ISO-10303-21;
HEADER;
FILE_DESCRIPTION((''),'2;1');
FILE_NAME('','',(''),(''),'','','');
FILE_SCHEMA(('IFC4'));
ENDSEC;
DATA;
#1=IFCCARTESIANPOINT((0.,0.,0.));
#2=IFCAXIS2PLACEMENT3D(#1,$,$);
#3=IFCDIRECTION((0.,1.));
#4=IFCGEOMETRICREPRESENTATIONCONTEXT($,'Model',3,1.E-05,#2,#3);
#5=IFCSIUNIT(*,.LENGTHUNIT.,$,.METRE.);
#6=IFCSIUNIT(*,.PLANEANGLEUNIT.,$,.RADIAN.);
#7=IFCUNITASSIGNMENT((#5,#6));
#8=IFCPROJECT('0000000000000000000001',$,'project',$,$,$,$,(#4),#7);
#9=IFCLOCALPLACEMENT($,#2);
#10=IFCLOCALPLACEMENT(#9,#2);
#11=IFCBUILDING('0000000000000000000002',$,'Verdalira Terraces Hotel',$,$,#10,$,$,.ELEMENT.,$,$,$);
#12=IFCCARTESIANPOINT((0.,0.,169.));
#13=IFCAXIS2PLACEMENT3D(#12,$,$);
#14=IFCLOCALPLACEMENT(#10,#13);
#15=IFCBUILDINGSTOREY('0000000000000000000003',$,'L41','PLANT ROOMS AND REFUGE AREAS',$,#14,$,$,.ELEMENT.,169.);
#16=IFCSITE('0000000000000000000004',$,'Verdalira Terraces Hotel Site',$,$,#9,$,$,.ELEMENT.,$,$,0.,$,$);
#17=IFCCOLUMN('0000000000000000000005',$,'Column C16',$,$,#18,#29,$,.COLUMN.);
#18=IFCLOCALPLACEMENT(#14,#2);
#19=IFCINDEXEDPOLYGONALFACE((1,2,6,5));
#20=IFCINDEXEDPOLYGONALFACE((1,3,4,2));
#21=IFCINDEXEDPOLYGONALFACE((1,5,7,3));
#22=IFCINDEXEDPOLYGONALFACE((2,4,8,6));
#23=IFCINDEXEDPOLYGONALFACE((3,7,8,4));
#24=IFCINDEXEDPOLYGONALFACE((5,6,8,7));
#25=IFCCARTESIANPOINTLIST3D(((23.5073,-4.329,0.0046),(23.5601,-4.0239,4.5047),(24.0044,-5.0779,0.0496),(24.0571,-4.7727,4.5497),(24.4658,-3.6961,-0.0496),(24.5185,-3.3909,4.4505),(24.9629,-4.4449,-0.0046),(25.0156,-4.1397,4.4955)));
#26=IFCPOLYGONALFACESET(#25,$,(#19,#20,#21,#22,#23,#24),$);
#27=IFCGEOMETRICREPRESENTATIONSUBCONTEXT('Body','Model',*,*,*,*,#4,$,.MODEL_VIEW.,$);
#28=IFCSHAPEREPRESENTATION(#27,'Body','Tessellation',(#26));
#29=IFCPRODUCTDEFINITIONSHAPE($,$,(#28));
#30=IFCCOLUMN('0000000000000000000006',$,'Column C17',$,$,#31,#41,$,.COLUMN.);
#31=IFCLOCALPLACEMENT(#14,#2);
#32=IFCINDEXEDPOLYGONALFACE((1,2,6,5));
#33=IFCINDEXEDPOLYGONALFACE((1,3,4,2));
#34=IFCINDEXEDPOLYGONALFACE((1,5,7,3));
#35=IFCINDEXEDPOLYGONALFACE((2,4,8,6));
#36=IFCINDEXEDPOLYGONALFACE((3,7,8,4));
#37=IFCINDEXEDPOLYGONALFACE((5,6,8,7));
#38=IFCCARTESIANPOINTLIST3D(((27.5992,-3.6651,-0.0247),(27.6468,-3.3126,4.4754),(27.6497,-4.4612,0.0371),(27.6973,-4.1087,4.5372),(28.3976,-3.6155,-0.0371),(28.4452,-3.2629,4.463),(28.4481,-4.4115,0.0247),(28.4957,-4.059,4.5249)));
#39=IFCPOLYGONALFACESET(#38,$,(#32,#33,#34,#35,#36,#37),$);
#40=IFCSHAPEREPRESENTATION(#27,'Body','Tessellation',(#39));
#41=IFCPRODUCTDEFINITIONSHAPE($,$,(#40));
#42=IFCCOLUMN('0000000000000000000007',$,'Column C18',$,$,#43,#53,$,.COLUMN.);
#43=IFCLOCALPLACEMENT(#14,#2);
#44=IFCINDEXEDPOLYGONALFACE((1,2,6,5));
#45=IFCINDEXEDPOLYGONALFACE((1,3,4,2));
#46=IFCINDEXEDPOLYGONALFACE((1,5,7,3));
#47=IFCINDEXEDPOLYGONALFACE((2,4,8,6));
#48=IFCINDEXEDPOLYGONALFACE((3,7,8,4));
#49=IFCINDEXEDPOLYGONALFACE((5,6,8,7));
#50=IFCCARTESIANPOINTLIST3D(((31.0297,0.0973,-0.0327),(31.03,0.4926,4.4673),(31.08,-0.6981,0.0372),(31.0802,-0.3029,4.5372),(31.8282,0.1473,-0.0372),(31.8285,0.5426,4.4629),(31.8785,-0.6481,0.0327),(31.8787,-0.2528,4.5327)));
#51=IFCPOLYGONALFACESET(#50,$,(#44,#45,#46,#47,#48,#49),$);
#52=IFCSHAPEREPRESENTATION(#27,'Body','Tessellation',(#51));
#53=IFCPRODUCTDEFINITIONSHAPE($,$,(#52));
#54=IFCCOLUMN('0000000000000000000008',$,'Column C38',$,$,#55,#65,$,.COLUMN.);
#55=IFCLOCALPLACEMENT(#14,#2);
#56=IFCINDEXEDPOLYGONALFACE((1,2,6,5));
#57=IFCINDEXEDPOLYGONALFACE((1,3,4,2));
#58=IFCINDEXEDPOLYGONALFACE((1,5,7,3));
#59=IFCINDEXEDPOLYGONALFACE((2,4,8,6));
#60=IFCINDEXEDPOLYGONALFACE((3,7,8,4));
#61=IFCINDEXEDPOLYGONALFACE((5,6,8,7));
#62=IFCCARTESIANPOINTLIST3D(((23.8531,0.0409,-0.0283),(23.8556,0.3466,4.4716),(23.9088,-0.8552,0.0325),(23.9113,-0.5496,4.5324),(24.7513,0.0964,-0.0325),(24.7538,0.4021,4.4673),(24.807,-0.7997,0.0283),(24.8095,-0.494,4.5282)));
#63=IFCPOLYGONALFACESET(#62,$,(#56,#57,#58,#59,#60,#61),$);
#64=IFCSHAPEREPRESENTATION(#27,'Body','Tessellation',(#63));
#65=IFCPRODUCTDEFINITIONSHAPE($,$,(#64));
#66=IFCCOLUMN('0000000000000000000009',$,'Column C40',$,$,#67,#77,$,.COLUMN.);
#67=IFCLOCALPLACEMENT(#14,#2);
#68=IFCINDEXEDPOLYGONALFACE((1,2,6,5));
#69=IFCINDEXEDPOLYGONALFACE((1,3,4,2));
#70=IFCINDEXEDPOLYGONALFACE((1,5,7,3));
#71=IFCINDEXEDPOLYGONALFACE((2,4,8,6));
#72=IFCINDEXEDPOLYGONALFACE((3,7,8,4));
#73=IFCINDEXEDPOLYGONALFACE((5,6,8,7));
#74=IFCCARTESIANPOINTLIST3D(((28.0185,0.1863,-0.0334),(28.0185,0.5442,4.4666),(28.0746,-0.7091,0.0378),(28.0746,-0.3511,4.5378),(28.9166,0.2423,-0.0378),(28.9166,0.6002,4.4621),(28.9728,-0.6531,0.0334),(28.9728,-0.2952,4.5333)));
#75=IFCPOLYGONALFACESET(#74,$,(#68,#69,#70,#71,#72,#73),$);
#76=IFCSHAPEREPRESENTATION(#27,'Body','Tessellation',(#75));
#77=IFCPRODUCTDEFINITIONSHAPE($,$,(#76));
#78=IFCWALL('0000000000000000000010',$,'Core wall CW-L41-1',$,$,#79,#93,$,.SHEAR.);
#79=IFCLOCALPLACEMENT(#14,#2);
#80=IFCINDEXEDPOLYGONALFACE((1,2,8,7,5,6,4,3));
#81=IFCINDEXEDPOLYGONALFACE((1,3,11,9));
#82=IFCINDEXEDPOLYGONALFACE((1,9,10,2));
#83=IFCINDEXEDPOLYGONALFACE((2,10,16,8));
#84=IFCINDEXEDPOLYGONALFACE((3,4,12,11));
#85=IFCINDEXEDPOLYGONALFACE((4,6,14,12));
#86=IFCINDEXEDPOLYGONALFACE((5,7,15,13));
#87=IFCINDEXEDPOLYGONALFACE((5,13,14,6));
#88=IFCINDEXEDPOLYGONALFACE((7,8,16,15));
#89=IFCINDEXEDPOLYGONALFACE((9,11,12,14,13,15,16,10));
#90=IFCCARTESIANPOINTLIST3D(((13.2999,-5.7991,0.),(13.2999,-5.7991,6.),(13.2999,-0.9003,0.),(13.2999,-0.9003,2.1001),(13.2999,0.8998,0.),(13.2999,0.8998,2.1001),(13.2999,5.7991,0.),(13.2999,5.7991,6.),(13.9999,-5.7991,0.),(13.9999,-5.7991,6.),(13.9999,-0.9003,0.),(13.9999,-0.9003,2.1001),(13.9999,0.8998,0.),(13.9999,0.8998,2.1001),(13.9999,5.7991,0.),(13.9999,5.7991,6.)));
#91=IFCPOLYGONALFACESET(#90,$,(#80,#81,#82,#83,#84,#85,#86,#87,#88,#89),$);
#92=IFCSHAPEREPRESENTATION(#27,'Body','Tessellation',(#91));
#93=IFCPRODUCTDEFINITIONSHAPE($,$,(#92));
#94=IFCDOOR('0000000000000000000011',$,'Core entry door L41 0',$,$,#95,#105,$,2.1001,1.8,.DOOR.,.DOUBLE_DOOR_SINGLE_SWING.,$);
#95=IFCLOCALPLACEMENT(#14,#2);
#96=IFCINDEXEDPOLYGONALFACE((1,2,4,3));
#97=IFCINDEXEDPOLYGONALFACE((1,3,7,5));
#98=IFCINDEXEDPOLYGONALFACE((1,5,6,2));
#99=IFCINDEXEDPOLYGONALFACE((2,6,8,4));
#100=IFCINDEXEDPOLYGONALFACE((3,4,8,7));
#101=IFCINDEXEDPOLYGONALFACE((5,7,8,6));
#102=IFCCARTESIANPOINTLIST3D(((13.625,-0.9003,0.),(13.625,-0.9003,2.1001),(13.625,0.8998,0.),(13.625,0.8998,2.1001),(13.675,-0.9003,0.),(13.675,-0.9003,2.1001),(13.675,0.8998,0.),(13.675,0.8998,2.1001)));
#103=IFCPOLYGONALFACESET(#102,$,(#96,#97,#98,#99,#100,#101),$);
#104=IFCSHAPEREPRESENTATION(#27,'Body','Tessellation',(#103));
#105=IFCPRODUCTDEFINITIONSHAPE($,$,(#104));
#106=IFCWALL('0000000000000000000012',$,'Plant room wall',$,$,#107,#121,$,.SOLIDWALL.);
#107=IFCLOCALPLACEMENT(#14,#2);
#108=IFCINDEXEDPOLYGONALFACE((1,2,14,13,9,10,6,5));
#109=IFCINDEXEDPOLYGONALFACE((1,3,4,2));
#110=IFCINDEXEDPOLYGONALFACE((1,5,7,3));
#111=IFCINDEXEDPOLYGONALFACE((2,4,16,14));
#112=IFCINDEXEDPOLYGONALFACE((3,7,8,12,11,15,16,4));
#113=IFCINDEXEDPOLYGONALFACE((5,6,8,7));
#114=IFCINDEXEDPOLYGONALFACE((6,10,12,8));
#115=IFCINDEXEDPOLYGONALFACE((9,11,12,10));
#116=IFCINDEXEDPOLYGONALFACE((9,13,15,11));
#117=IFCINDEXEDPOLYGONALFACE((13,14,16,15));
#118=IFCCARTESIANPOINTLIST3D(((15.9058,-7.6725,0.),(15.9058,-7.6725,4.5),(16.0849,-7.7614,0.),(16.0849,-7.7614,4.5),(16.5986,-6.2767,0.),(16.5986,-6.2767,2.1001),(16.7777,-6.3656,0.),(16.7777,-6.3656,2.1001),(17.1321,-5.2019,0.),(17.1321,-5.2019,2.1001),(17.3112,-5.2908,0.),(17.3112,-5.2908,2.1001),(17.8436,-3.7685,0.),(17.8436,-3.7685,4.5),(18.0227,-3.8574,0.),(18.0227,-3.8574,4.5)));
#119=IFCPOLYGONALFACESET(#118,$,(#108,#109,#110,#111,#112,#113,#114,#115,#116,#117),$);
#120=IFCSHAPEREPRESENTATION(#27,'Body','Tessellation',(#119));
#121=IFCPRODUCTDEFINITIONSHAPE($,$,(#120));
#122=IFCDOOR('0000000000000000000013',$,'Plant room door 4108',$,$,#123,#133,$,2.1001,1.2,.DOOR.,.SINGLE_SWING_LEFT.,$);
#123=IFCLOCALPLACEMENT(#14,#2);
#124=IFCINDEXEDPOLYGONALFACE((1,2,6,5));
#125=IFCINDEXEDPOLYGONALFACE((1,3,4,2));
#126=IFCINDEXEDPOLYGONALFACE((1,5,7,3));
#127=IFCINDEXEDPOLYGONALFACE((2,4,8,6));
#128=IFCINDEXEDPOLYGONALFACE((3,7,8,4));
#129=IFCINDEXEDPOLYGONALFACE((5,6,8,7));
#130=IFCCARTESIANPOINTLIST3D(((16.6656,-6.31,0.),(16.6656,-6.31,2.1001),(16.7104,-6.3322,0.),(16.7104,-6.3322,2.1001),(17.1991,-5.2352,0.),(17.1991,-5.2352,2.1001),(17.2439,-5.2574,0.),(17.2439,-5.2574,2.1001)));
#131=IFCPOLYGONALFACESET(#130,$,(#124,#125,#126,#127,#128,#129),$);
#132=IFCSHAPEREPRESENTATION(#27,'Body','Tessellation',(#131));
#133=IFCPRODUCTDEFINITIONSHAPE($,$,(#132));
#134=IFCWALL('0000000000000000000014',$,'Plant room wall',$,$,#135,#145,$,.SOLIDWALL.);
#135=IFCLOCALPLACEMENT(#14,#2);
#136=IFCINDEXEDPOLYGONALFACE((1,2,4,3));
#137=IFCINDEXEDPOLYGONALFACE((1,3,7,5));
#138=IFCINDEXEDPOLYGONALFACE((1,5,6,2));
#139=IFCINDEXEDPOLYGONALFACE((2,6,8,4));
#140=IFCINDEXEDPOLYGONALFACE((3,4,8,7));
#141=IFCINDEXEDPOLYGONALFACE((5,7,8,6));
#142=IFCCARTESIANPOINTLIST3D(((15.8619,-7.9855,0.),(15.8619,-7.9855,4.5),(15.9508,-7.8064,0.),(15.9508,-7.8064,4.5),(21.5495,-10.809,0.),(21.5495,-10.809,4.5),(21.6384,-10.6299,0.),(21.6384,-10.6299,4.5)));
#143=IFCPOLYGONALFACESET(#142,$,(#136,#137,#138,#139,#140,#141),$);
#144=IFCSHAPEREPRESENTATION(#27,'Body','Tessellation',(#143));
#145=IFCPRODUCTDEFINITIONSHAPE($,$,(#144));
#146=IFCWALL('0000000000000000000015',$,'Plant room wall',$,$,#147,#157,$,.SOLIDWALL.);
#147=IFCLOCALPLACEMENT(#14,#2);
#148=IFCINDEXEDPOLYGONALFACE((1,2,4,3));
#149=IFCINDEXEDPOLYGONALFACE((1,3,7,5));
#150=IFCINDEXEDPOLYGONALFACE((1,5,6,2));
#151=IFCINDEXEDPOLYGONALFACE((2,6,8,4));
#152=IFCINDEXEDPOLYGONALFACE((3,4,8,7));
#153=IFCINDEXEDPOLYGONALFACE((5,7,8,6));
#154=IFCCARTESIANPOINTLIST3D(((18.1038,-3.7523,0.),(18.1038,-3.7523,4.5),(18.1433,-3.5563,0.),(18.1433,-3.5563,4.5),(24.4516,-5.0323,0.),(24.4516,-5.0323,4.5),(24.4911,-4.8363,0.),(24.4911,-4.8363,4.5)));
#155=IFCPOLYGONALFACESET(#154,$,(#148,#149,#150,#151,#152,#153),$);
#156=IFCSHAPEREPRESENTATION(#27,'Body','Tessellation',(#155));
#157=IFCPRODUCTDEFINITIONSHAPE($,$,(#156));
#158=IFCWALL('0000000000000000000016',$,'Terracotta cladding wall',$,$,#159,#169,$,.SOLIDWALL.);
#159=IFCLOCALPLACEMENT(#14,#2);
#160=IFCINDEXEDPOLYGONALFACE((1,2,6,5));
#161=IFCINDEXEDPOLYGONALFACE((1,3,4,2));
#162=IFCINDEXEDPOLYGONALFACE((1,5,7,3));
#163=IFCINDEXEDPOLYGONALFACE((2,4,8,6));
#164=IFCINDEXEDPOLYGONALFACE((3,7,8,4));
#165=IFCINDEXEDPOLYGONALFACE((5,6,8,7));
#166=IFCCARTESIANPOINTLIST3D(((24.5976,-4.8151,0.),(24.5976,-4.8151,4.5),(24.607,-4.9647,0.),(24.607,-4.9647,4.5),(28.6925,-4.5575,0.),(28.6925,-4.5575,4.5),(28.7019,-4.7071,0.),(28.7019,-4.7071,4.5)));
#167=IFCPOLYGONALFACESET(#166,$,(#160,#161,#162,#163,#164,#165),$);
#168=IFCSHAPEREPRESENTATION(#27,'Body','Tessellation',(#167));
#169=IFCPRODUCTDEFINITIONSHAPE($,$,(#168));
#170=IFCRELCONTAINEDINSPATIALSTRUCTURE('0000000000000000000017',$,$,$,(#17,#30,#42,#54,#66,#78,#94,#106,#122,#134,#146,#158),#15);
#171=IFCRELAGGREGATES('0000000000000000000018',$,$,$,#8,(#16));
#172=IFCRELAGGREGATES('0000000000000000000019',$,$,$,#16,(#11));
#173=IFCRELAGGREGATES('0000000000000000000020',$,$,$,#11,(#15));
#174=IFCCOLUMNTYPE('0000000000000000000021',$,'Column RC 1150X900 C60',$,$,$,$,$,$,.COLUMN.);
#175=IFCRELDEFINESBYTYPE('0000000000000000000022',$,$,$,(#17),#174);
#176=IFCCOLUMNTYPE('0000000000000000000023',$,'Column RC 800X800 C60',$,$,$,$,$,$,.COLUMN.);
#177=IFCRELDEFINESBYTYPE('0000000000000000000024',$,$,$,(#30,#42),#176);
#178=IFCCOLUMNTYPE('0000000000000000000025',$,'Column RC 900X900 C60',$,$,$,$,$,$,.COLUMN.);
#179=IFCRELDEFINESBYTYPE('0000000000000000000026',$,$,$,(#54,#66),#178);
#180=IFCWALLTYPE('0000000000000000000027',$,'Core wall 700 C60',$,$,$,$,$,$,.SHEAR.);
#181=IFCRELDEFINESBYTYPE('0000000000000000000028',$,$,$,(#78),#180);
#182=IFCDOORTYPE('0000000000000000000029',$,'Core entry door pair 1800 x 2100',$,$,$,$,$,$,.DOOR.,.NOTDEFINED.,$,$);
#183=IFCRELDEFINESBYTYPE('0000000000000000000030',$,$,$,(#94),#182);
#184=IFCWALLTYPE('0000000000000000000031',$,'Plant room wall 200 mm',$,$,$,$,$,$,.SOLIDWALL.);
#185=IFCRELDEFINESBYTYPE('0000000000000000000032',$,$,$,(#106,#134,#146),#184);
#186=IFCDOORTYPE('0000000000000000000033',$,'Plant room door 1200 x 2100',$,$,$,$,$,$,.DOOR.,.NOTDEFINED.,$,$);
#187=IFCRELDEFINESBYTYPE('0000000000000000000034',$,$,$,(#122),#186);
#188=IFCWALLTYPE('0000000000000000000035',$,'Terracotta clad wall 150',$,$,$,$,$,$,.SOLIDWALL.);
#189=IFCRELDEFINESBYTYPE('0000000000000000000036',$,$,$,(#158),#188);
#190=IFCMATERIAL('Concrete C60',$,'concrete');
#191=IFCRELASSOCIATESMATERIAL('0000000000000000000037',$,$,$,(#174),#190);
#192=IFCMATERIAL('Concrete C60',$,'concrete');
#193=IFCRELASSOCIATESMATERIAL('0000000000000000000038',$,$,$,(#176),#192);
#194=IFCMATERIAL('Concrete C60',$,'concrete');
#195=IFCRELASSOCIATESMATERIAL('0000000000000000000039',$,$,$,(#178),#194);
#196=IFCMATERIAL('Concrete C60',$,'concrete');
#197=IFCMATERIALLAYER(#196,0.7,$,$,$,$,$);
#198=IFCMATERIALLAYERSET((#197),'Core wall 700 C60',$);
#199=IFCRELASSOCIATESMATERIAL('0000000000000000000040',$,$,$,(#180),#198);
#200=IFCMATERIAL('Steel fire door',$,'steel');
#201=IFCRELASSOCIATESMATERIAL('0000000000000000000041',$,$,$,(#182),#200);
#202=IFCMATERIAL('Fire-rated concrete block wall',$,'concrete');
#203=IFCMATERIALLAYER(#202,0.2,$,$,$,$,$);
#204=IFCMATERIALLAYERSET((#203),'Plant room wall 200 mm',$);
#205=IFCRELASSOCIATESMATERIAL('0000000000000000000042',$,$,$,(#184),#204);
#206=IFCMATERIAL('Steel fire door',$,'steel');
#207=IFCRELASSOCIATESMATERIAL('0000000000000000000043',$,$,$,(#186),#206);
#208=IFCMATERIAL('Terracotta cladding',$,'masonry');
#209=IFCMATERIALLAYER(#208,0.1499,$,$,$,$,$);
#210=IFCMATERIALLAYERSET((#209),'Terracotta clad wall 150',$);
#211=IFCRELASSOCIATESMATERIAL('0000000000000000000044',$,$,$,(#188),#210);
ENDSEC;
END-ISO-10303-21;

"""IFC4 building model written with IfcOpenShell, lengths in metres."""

from ifc_helpers import new_model, si_unit, direction, frame, frame_2d, origin, origin_2d, place, context, subcontext, project, spatial, rectangle, extrude, material, layer, layer_set, material_profile, profile_set, type_object, element, fill, save


model = new_model("IFC4")

# Units and contexts
model_context = context("Model", 3, precision=1e-05, world=origin(), true_north=direction((0.0, 1.0)))
body_context = subcontext(model_context, "Body", "Model", "MODEL_VIEW")
ifc_project = project(units=[si_unit("LENGTHUNIT", "METRE"), si_unit("PLANEANGLEUNIT", "RADIAN")], contexts=[model_context])

# Site, building, storey
site_placement = place(None, origin())
site = spatial("IfcSite", under=ifc_project, at=site_placement, Name="Verdalira Terraces Hotel Site", CompositionType="ELEMENT", RefElevation=0.0)
building_placement = place(site_placement, origin())
building = spatial("IfcBuilding", under=site, at=building_placement, Name="Verdalira Terraces Hotel", CompositionType="ELEMENT")
storey_placement = place(building_placement, frame((0.0, 0.0, 169.0)))
storey = spatial("IfcBuildingStorey", under=building, at=storey_placement, Name="L41", Description="PLANT ROOMS AND REFUGE AREAS", CompositionType="ELEMENT", Elevation=169.0)

# Columns
ifc_material_1 = material(Name="Concrete C60", Category="concrete")
ifc_material_profile_1 = material_profile(ifc_material_1, rectangle(XDim=1.1499, YDim=0.8999, at=origin_2d()), Name="RC 1150X900")
ifc_profile_set_1 = profile_set([ifc_material_profile_1], Name="Concrete C60")
column_type_1 = type_object("IfcColumnType", Name="Column RC 1150X900 C60", PredefinedType="COLUMN", material=ifc_profile_set_1)
column_1_placement = place(storey_placement, frame((24.2351, -4.387, 0.0), z_axis=(0.011691, 0.067657, 0.99764), x_axis=(-0.833524, -0.550471, 0.047099)))
element("IfcColumn", 1, at=column_1_placement, inside=storey, type_object=column_type_1, Name="Column C16", PredefinedType="COLUMN", context=body_context, shape_type="SweptSolid", body=[
    extrude(rectangle(XDim=1.1499, YDim=0.8999, at=origin_2d()), origin(), (0.0, 0.0, 1.0), 4.5107),
])
ifc_material_2 = material(Name="Concrete C60", Category="concrete")
ifc_material_profile_2 = material_profile(ifc_material_2, rectangle(XDim=0.8, YDim=0.8, at=origin_2d()), Name="RC 800X800")
ifc_profile_set_2 = profile_set([ifc_material_profile_2], Name="Concrete C60")
column_type_2 = type_object("IfcColumnType", Name="Column RC 800X800 C60", PredefinedType="COLUMN", material=ifc_profile_set_2)
column_2_placement = place(storey_placement, frame((28.0237, -4.0383, 0.0), z_axis=(0.010547, 0.078098, 0.99689), x_axis=(0.997951, 0.062102, -0.015423)))
element("IfcColumn", 2, at=column_2_placement, inside=storey, type_object=column_type_2, Name="Column C17", PredefinedType="COLUMN", context=body_context, shape_type="SweptSolid", body=[
    extrude(rectangle(XDim=0.8, YDim=0.8, at=origin_2d()), origin(), (0.0, 0.0, 1.0), 4.5142),
])
column_3_placement = place(storey_placement, frame((31.4541, -0.2754, 0.0), z_axis=(0.000054, 0.087499, 0.996165), x_axis=(-0.0628, 0.994199, -0.087323)))
element("IfcColumn", 3, at=column_3_placement, inside=storey, type_object=column_type_2, Name="Column C18", PredefinedType="COLUMN", context=body_context, shape_type="SweptSolid", body=[
    extrude(rectangle(XDim=0.8, YDim=0.8, at=origin_2d()), origin(), (0.0, 0.0, 1.0), 4.5173),
])
ifc_material_3 = material(Name="Concrete C60", Category="concrete")
ifc_material_profile_3 = material_profile(ifc_material_3, rectangle(XDim=0.8999, YDim=0.8999, at=origin_2d()), Name="RC 900X900")
ifc_profile_set_3 = profile_set([ifc_material_profile_3], Name="Concrete C60")
column_type_3 = type_object("IfcColumnType", Name="Column RC 900X900 C60", PredefinedType="COLUMN", material=ifc_profile_set_3)
column_4_placement = place(storey_placement, frame((24.3301, -0.3794, 0.0), z_axis=(0.000541, 0.067769, 0.997701), x_axis=(0.998083, 0.061703, -0.004733)))
element("IfcColumn", 4, at=column_4_placement, inside=storey, type_object=column_type_3, Name="Column C38", PredefinedType="COLUMN", context=body_context, shape_type="SweptSolid", body=[
    extrude(rectangle(XDim=0.8999, YDim=0.8999, at=origin_2d()), origin(), (0.0, 0.0, 1.0), 4.5103),
])
column_5_placement = place(storey_placement, frame((28.4956, -0.2334, 0.0), z_axis=(0.0, 0.079285, 0.996852), x_axis=(0.998051, 0.062213, -0.004948)))
element("IfcColumn", 5, at=column_5_placement, inside=storey, type_object=column_type_3, Name="Column C40", PredefinedType="COLUMN", context=body_context, shape_type="SweptSolid", body=[
    extrude(rectangle(XDim=0.8999, YDim=0.8999, at=origin_2d()), origin(), (0.0, 0.0, 1.0), 4.5142),
])

# Walls, openings, doors
ifc_material_4 = material(Name="Concrete C60", Category="concrete")
ifc_layer_1 = layer(ifc_material_4, 0.7)
ifc_layer_set_1 = layer_set([ifc_layer_1], Name="Core wall 700 C60")
wall_type_1 = type_object("IfcWallType", Name="Core wall 700 C60", PredefinedType="SHEAR", material=ifc_layer_set_1)
wall_1_placement = place(storey_placement, frame((13.6499, -5.7991, 0.0), z_axis=(0.0, 0.0, 1.0), x_axis=(0.0, 1.0, 0.0)))
wall_1 = element("IfcWall", 6, at=wall_1_placement, inside=storey, type_object=wall_type_1, Name="Core wall CW-L41-1", PredefinedType="SHEAR", context=body_context, shape_type="SweptSolid", body=[
    extrude(rectangle(XDim=11.5981, YDim=0.7, at=frame_2d((5.7991, 0.0))), origin(), (0.0, 0.0, 1.0), 6.0),
])
opening_1_placement = place(wall_1_placement, frame((4.8989, 0.0, 0.0)))
opening_1 = element("IfcOpeningElement", 7, at=opening_1_placement, cuts=wall_1, PredefinedType="OPENING", context=body_context, shape_type="SweptSolid", body=[
    extrude(rectangle(XDim=1.8, YDim=2.1001, at=frame_2d((0.8999, 1.05))), frame((0.0, 0.3599, 0.0), z_axis=(0.0, -1.0, 0.0), x_axis=(1.0, 0.0, 0.0)), (0.0, 0.0, 1.0), 0.72),
])
ifc_material_5 = material(Name="Steel fire door", Category="steel")
door_type_1 = type_object("IfcDoorType", Name="Core entry door pair 1800 x 2100", OperationType="NOTDEFINED", PredefinedType="DOOR", material=ifc_material_5)
door_1_placement = place(opening_1_placement, origin())
door_1 = element("IfcDoor", 8, at=door_1_placement, inside=storey, type_object=door_type_1, Name="Core entry door L41 0", OperationType="DOUBLE_DOOR_SINGLE_SWING", OverallHeight=2.1001, OverallWidth=1.8, PredefinedType="DOOR", context=body_context, shape_type="SweptSolid", body=[
    extrude(rectangle(XDim=1.8, YDim=2.1001, at=frame_2d((0.8999, 1.05))), frame((0.0, 0.0249, 0.0), z_axis=(0.0, -1.0, 0.0), x_axis=(1.0, 0.0, 0.0)), (0.0, 0.0, 1.0), 0.05),
])
fill(opening_1, door_1)
ifc_material_6 = material(Name="Fire-rated concrete block wall", Category="concrete")
ifc_layer_2 = layer(ifc_material_6, 0.2)
ifc_layer_set_2 = layer_set([ifc_layer_2], Name="Plant room wall 200 mm")
wall_type_2 = type_object("IfcWallType", Name="Plant room wall 200 mm", PredefinedType="SOLIDWALL", material=ifc_layer_set_2)
wall_2_placement = place(storey_placement, frame((17.9331, -3.813, 0.0), z_axis=(0.0, 0.0, 1.0), x_axis=(-0.444612, -0.895723, 0.0)))
wall_2 = element("IfcWall", 9, at=wall_2_placement, inside=storey, type_object=wall_type_2, Name="Plant room wall", PredefinedType="SOLIDWALL", context=body_context, shape_type="SweptSolid", body=[
    extrude(rectangle(XDim=4.3584, YDim=0.2, at=frame_2d((2.1792, 0.0))), origin(), (0.0, 0.0, 1.0), 4.5),
])
opening_2_placement = place(wall_2_placement, frame((1.6001, 0.0, 0.0)))
opening_2 = element("IfcOpeningElement", 10, at=opening_2_placement, cuts=wall_2, PredefinedType="OPENING", context=body_context, shape_type="SweptSolid", body=[
    extrude(rectangle(XDim=1.2, YDim=2.1001, at=frame_2d((0.6001, 1.05))), frame((0.0, 0.1099, 0.0), z_axis=(0.0, -1.0, 0.0), x_axis=(1.0, 0.0, 0.0)), (0.0, 0.0, 1.0), 0.22),
])
ifc_material_7 = material(Name="Steel fire door", Category="steel")
door_type_2 = type_object("IfcDoorType", Name="Plant room door 1200 x 2100", OperationType="NOTDEFINED", PredefinedType="DOOR", material=ifc_material_7)
door_2_placement = place(opening_2_placement, origin())
door_2 = element("IfcDoor", 11, at=door_2_placement, inside=storey, type_object=door_type_2, Name="Plant room door 4108", OperationType="SINGLE_SWING_LEFT", OverallHeight=2.1001, OverallWidth=1.2, PredefinedType="DOOR", context=body_context, shape_type="SweptSolid", body=[
    extrude(rectangle(XDim=1.2, YDim=2.1001, at=frame_2d((0.6001, 1.05))), frame((0.0, 0.0249, 0.0), z_axis=(0.0, -1.0, 0.0), x_axis=(1.0, 0.0, 0.0)), (0.0, 0.0, 1.0), 0.05),
])
fill(opening_2, door_2)

# Walls
wall_3_placement = place(storey_placement, frame((15.9065, -7.896, 0.0), z_axis=(0.0, 0.0, 1.0), x_axis=(0.8957, -0.444659, 0.0)))
element("IfcWall", 12, at=wall_3_placement, inside=storey, type_object=wall_type_2, Name="Plant room wall", PredefinedType="SOLIDWALL", context=body_context, shape_type="SweptSolid", body=[
    extrude(rectangle(XDim=6.3499, YDim=0.2, at=frame_2d((3.1748, 0.0))), origin(), (0.0, 0.0, 1.0), 4.5),
])
wall_4_placement = place(storey_placement, frame((18.1235, -3.6543, 0.0), z_axis=(0.0, 0.0, 1.0), x_axis=(0.980269, -0.197667, 0.0)))
element("IfcWall", 13, at=wall_4_placement, inside=storey, type_object=wall_type_2, Name="Plant room wall", PredefinedType="SOLIDWALL", context=body_context, shape_type="SweptSolid", body=[
    extrude(rectangle(XDim=6.4756, YDim=0.2, at=frame_2d((3.2378, 0.0))), origin(), (0.0, 0.0, 1.0), 4.5),
])
ifc_material_8 = material(Name="Terracotta cladding", Category="masonry")
ifc_layer_3 = layer(ifc_material_8, 0.1499)
ifc_layer_set_3 = layer_set([ifc_layer_3], Name="Terracotta clad wall 150")
wall_type_3 = type_object("IfcWallType", Name="Terracotta clad wall 150", PredefinedType="SOLIDWALL", material=ifc_layer_set_3)
wall_5_placement = place(storey_placement, frame((24.6023, -4.8899, 0.0), z_axis=(0.0, 0.0, 1.0), x_axis=(0.998028, 0.062775, 0.0)))
element("IfcWall", 14, at=wall_5_placement, inside=storey, type_object=wall_type_3, Name="Terracotta cladding wall", PredefinedType="SOLIDWALL", context=body_context, shape_type="SweptSolid", body=[
    extrude(rectangle(XDim=4.103, YDim=0.1499, at=frame_2d((2.0515, 0.0))), origin(), (0.0, 0.0, 1.0), 4.5),
])

save(model, "model.ifc")
